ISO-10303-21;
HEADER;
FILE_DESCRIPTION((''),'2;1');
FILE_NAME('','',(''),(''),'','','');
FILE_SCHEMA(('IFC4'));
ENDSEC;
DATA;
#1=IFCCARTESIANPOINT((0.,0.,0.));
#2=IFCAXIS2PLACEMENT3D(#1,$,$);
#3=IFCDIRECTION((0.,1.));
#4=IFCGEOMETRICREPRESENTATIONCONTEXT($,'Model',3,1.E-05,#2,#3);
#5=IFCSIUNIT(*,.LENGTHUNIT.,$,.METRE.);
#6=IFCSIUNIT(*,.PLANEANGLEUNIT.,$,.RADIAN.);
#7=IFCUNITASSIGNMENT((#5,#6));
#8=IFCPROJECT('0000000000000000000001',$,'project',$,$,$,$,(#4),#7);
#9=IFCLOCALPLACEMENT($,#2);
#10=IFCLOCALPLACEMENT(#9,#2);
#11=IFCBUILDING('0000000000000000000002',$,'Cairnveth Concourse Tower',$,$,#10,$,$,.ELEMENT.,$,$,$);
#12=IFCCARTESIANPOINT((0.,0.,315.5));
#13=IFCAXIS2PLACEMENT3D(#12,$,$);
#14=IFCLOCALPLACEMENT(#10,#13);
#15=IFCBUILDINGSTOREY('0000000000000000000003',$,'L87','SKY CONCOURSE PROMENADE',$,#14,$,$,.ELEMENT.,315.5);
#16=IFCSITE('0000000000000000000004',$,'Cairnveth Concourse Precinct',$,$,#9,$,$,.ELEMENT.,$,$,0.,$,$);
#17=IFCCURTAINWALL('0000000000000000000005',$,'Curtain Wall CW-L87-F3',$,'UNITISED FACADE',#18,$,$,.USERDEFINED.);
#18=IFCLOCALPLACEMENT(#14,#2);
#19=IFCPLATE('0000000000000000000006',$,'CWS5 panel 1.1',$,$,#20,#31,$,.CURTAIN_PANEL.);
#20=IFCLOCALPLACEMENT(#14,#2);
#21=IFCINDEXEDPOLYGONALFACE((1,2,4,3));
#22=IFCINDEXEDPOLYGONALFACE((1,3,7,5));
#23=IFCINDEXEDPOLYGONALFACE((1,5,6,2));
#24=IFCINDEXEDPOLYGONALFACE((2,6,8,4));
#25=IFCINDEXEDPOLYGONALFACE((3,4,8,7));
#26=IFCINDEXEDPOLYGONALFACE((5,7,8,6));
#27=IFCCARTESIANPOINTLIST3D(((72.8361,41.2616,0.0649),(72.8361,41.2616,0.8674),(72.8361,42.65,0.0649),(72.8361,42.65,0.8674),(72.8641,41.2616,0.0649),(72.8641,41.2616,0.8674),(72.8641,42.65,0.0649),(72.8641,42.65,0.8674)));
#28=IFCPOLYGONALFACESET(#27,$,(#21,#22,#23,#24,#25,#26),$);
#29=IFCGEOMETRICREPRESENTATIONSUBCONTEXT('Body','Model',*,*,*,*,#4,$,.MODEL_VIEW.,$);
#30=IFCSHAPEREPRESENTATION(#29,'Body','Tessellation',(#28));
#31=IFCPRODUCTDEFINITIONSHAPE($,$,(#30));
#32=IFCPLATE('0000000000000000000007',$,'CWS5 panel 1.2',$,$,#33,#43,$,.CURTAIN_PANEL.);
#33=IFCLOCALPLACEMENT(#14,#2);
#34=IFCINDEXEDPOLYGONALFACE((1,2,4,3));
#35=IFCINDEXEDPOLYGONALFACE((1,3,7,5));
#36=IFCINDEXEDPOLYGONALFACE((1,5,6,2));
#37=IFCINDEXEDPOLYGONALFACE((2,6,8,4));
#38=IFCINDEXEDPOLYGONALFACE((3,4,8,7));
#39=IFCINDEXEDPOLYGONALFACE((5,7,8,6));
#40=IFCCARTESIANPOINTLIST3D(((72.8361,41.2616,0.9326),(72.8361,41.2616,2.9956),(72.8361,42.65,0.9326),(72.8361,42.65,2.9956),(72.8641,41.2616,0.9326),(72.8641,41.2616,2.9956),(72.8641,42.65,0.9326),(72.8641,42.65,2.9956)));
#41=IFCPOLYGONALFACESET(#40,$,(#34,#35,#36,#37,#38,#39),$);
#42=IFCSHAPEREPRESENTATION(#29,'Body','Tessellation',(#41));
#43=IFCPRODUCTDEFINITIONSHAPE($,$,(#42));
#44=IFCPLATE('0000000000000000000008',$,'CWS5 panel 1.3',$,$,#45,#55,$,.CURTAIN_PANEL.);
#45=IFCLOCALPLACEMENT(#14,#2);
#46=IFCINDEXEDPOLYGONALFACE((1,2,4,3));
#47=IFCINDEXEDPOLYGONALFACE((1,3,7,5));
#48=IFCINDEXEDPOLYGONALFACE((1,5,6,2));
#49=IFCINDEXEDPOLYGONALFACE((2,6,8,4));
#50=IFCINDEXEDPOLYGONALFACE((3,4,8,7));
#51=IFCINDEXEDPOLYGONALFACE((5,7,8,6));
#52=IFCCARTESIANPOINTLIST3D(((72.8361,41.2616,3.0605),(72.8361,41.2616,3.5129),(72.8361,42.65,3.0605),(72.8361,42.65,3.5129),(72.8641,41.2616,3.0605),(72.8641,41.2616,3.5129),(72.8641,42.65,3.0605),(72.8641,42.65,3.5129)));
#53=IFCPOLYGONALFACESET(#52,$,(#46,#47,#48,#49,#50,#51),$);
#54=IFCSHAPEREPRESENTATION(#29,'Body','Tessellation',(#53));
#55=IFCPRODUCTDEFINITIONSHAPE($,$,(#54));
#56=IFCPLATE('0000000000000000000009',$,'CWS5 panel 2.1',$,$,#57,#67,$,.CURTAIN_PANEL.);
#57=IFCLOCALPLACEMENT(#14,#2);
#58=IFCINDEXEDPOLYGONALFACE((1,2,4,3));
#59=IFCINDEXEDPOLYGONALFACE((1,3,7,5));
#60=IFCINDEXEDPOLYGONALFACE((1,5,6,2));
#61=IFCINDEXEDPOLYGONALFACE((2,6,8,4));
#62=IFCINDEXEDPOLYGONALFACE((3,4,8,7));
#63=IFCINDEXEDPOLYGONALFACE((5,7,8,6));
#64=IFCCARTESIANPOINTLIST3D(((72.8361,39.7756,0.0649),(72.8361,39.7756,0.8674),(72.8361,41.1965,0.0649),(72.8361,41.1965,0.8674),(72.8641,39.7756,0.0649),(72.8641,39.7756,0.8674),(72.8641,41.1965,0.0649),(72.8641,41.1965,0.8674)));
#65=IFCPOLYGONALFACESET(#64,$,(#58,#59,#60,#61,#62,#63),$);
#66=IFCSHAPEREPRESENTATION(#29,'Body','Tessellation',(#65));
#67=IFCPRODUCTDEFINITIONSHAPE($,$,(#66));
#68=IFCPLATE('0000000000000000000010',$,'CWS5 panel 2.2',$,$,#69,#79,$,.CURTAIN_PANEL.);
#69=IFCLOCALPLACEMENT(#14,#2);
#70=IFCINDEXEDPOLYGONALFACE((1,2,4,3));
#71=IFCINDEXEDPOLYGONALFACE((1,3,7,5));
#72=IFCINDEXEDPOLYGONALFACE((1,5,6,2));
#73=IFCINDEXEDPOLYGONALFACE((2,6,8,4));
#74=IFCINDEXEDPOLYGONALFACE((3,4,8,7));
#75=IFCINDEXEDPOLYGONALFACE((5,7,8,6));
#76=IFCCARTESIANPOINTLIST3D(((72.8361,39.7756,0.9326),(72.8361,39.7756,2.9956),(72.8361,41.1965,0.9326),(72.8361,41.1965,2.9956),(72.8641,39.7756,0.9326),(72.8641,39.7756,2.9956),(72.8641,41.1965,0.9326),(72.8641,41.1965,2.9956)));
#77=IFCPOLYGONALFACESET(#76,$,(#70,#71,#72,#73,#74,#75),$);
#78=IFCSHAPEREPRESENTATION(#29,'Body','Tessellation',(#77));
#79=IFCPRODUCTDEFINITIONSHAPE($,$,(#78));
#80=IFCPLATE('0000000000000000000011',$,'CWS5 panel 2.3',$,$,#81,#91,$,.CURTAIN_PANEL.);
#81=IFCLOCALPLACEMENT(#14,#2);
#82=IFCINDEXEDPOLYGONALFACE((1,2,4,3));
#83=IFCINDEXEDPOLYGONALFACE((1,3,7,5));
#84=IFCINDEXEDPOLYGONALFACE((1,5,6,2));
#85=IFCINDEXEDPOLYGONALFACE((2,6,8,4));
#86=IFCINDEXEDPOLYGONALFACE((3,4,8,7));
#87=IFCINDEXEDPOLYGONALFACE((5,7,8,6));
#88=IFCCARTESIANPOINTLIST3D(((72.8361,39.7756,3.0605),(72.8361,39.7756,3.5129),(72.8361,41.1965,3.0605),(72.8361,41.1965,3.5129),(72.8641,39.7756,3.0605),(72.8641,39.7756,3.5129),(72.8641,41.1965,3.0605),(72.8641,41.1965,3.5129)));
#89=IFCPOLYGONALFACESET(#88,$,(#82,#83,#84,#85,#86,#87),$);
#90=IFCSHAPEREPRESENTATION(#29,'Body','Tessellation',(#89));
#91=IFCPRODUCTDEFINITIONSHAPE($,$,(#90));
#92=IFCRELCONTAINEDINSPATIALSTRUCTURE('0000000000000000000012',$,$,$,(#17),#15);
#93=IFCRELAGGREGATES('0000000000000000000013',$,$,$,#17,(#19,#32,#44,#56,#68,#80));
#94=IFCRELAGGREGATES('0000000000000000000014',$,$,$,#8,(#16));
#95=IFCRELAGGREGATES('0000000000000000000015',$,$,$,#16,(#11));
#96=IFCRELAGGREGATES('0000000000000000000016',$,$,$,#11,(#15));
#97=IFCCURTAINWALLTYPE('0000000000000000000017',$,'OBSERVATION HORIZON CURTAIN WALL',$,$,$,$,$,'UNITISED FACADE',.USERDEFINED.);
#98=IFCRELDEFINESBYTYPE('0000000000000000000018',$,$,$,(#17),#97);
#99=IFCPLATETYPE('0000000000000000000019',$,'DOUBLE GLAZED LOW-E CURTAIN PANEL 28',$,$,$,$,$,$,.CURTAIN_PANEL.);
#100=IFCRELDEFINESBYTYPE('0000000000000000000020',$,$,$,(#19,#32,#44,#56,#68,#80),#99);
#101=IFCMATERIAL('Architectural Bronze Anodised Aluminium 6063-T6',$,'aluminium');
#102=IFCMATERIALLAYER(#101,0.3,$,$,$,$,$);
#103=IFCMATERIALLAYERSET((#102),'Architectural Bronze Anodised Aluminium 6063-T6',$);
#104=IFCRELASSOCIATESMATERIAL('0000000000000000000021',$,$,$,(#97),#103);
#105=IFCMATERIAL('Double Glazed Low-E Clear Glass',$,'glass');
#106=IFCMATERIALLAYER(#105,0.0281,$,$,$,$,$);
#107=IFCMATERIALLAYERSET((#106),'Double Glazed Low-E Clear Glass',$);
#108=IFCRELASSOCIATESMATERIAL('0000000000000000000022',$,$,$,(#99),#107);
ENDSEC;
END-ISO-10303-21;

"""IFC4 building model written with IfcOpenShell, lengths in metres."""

from ifc_helpers import new_model, si_unit, direction, frame, origin, origin_2d, place, context, subcontext, project, spatial, rectangle, extrude, material, layer, layer_set, type_object, element, aggregate, save


model = new_model("IFC4")

# Units and contexts
model_context = context("Model", 3, precision=1e-05, world=origin(), true_north=direction((0.0, 1.0)))
body_context = subcontext(model_context, "Body", "Model", "MODEL_VIEW")
ifc_project = project(units=[si_unit("LENGTHUNIT", "METRE"), si_unit("PLANEANGLEUNIT", "RADIAN")], contexts=[model_context])

# Site, building, storey
site_placement = place(None, origin())
site = spatial("IfcSite", under=ifc_project, at=site_placement, Name="Cairnveth Concourse Precinct", CompositionType="ELEMENT", RefElevation=0.0)
building_placement = place(site_placement, origin())
building = spatial("IfcBuilding", under=site, at=building_placement, Name="Cairnveth Concourse Tower", CompositionType="ELEMENT")
storey_placement = place(building_placement, frame((0.0, 0.0, 315.5)))
storey = spatial("IfcBuildingStorey", under=building, at=storey_placement, Name="L87", Description="SKY CONCOURSE PROMENADE", CompositionType="ELEMENT", Elevation=315.5)

# Curtain wall, plates
ifc_material_1 = material(Name="Architectural Bronze Anodised Aluminium 6063-T6", Category="aluminium")
ifc_layer_1 = layer(ifc_material_1, 0.3)
ifc_layer_set_1 = layer_set([ifc_layer_1], Name="Architectural Bronze Anodised Aluminium 6063-T6")
curtain_wall_type = type_object("IfcCurtainWallType", Name="OBSERVATION HORIZON CURTAIN WALL", ElementType="UNITISED FACADE", PredefinedType="USERDEFINED", material=ifc_layer_set_1)
curtain_wall_placement = place(storey_placement, origin())
curtain_wall = element("IfcCurtainWall", 1, at=curtain_wall_placement, inside=storey, type_object=curtain_wall_type, Name="Curtain Wall CW-L87-F3", ObjectType="UNITISED FACADE", PredefinedType="USERDEFINED")
ifc_material_2 = material(Name="Double Glazed Low-E Clear Glass", Category="glass")
ifc_layer_2 = layer(ifc_material_2, 0.0281)
ifc_layer_set_2 = layer_set([ifc_layer_2], Name="Double Glazed Low-E Clear Glass")
plate_type = type_object("IfcPlateType", Name="DOUBLE GLAZED LOW-E CURTAIN PANEL 28", PredefinedType="CURTAIN_PANEL", material=ifc_layer_set_2)
plate_1_placement = place(storey_placement, frame((72.8501, 41.9558, 0.0649), z_axis=(0.0, 0.0, 1.0), x_axis=(0.0, -1.0, 0.0)))
plate_1 = element("IfcPlate", 2, at=plate_1_placement, type_object=plate_type, Name="CWS5 panel 1.1", PredefinedType="CURTAIN_PANEL", context=body_context, shape_type="SweptSolid", body=[
    extrude(rectangle(XDim=1.3884, YDim=0.0281, at=origin_2d()), origin(), (0.0, 0.0, 1.0), 0.8025),
])
plate_2_placement = place(storey_placement, frame((72.8501, 41.9558, 0.9326), z_axis=(0.0, 0.0, 1.0), x_axis=(0.0, -1.0, 0.0)))
plate_2 = element("IfcPlate", 3, at=plate_2_placement, type_object=plate_type, Name="CWS5 panel 1.2", PredefinedType="CURTAIN_PANEL", context=body_context, shape_type="SweptSolid", body=[
    extrude(rectangle(XDim=1.3884, YDim=0.0281, at=origin_2d()), origin(), (0.0, 0.0, 1.0), 2.063),
])
plate_3_placement = place(storey_placement, frame((72.8501, 41.9558, 3.0605), z_axis=(0.0, 0.0, 1.0), x_axis=(0.0, -1.0, 0.0)))
plate_3 = element("IfcPlate", 4, at=plate_3_placement, type_object=plate_type, Name="CWS5 panel 1.3", PredefinedType="CURTAIN_PANEL", context=body_context, shape_type="SweptSolid", body=[
    extrude(rectangle(XDim=1.3884, YDim=0.0281, at=origin_2d()), origin(), (0.0, 0.0, 1.0), 0.4524),
])
plate_4_placement = place(storey_placement, frame((72.8501, 40.4861, 0.0649), z_axis=(0.0, 0.0, 1.0), x_axis=(0.0, -1.0, 0.0)))
plate_4 = element("IfcPlate", 5, at=plate_4_placement, type_object=plate_type, Name="CWS5 panel 2.1", PredefinedType="CURTAIN_PANEL", context=body_context, shape_type="SweptSolid", body=[
    extrude(rectangle(XDim=1.4209, YDim=0.0281, at=origin_2d()), origin(), (0.0, 0.0, 1.0), 0.8025),
])
plate_5_placement = place(storey_placement, frame((72.8501, 40.4861, 0.9326), z_axis=(0.0, 0.0, 1.0), x_axis=(0.0, -1.0, 0.0)))
plate_5 = element("IfcPlate", 6, at=plate_5_placement, type_object=plate_type, Name="CWS5 panel 2.2", PredefinedType="CURTAIN_PANEL", context=body_context, shape_type="SweptSolid", body=[
    extrude(rectangle(XDim=1.4209, YDim=0.0281, at=origin_2d()), origin(), (0.0, 0.0, 1.0), 2.063),
])
plate_6_placement = place(storey_placement, frame((72.8501, 40.4861, 3.0605), z_axis=(0.0, 0.0, 1.0), x_axis=(0.0, -1.0, 0.0)))
plate_6 = element("IfcPlate", 7, at=plate_6_placement, type_object=plate_type, Name="CWS5 panel 2.3", PredefinedType="CURTAIN_PANEL", context=body_context, shape_type="SweptSolid", body=[
    extrude(rectangle(XDim=1.4209, YDim=0.0281, at=origin_2d()), origin(), (0.0, 0.0, 1.0), 0.4524),
])
aggregate(curtain_wall, [plate_1, plate_2, plate_3, plate_4, plate_5, plate_6])

save(model, "model.ifc")
